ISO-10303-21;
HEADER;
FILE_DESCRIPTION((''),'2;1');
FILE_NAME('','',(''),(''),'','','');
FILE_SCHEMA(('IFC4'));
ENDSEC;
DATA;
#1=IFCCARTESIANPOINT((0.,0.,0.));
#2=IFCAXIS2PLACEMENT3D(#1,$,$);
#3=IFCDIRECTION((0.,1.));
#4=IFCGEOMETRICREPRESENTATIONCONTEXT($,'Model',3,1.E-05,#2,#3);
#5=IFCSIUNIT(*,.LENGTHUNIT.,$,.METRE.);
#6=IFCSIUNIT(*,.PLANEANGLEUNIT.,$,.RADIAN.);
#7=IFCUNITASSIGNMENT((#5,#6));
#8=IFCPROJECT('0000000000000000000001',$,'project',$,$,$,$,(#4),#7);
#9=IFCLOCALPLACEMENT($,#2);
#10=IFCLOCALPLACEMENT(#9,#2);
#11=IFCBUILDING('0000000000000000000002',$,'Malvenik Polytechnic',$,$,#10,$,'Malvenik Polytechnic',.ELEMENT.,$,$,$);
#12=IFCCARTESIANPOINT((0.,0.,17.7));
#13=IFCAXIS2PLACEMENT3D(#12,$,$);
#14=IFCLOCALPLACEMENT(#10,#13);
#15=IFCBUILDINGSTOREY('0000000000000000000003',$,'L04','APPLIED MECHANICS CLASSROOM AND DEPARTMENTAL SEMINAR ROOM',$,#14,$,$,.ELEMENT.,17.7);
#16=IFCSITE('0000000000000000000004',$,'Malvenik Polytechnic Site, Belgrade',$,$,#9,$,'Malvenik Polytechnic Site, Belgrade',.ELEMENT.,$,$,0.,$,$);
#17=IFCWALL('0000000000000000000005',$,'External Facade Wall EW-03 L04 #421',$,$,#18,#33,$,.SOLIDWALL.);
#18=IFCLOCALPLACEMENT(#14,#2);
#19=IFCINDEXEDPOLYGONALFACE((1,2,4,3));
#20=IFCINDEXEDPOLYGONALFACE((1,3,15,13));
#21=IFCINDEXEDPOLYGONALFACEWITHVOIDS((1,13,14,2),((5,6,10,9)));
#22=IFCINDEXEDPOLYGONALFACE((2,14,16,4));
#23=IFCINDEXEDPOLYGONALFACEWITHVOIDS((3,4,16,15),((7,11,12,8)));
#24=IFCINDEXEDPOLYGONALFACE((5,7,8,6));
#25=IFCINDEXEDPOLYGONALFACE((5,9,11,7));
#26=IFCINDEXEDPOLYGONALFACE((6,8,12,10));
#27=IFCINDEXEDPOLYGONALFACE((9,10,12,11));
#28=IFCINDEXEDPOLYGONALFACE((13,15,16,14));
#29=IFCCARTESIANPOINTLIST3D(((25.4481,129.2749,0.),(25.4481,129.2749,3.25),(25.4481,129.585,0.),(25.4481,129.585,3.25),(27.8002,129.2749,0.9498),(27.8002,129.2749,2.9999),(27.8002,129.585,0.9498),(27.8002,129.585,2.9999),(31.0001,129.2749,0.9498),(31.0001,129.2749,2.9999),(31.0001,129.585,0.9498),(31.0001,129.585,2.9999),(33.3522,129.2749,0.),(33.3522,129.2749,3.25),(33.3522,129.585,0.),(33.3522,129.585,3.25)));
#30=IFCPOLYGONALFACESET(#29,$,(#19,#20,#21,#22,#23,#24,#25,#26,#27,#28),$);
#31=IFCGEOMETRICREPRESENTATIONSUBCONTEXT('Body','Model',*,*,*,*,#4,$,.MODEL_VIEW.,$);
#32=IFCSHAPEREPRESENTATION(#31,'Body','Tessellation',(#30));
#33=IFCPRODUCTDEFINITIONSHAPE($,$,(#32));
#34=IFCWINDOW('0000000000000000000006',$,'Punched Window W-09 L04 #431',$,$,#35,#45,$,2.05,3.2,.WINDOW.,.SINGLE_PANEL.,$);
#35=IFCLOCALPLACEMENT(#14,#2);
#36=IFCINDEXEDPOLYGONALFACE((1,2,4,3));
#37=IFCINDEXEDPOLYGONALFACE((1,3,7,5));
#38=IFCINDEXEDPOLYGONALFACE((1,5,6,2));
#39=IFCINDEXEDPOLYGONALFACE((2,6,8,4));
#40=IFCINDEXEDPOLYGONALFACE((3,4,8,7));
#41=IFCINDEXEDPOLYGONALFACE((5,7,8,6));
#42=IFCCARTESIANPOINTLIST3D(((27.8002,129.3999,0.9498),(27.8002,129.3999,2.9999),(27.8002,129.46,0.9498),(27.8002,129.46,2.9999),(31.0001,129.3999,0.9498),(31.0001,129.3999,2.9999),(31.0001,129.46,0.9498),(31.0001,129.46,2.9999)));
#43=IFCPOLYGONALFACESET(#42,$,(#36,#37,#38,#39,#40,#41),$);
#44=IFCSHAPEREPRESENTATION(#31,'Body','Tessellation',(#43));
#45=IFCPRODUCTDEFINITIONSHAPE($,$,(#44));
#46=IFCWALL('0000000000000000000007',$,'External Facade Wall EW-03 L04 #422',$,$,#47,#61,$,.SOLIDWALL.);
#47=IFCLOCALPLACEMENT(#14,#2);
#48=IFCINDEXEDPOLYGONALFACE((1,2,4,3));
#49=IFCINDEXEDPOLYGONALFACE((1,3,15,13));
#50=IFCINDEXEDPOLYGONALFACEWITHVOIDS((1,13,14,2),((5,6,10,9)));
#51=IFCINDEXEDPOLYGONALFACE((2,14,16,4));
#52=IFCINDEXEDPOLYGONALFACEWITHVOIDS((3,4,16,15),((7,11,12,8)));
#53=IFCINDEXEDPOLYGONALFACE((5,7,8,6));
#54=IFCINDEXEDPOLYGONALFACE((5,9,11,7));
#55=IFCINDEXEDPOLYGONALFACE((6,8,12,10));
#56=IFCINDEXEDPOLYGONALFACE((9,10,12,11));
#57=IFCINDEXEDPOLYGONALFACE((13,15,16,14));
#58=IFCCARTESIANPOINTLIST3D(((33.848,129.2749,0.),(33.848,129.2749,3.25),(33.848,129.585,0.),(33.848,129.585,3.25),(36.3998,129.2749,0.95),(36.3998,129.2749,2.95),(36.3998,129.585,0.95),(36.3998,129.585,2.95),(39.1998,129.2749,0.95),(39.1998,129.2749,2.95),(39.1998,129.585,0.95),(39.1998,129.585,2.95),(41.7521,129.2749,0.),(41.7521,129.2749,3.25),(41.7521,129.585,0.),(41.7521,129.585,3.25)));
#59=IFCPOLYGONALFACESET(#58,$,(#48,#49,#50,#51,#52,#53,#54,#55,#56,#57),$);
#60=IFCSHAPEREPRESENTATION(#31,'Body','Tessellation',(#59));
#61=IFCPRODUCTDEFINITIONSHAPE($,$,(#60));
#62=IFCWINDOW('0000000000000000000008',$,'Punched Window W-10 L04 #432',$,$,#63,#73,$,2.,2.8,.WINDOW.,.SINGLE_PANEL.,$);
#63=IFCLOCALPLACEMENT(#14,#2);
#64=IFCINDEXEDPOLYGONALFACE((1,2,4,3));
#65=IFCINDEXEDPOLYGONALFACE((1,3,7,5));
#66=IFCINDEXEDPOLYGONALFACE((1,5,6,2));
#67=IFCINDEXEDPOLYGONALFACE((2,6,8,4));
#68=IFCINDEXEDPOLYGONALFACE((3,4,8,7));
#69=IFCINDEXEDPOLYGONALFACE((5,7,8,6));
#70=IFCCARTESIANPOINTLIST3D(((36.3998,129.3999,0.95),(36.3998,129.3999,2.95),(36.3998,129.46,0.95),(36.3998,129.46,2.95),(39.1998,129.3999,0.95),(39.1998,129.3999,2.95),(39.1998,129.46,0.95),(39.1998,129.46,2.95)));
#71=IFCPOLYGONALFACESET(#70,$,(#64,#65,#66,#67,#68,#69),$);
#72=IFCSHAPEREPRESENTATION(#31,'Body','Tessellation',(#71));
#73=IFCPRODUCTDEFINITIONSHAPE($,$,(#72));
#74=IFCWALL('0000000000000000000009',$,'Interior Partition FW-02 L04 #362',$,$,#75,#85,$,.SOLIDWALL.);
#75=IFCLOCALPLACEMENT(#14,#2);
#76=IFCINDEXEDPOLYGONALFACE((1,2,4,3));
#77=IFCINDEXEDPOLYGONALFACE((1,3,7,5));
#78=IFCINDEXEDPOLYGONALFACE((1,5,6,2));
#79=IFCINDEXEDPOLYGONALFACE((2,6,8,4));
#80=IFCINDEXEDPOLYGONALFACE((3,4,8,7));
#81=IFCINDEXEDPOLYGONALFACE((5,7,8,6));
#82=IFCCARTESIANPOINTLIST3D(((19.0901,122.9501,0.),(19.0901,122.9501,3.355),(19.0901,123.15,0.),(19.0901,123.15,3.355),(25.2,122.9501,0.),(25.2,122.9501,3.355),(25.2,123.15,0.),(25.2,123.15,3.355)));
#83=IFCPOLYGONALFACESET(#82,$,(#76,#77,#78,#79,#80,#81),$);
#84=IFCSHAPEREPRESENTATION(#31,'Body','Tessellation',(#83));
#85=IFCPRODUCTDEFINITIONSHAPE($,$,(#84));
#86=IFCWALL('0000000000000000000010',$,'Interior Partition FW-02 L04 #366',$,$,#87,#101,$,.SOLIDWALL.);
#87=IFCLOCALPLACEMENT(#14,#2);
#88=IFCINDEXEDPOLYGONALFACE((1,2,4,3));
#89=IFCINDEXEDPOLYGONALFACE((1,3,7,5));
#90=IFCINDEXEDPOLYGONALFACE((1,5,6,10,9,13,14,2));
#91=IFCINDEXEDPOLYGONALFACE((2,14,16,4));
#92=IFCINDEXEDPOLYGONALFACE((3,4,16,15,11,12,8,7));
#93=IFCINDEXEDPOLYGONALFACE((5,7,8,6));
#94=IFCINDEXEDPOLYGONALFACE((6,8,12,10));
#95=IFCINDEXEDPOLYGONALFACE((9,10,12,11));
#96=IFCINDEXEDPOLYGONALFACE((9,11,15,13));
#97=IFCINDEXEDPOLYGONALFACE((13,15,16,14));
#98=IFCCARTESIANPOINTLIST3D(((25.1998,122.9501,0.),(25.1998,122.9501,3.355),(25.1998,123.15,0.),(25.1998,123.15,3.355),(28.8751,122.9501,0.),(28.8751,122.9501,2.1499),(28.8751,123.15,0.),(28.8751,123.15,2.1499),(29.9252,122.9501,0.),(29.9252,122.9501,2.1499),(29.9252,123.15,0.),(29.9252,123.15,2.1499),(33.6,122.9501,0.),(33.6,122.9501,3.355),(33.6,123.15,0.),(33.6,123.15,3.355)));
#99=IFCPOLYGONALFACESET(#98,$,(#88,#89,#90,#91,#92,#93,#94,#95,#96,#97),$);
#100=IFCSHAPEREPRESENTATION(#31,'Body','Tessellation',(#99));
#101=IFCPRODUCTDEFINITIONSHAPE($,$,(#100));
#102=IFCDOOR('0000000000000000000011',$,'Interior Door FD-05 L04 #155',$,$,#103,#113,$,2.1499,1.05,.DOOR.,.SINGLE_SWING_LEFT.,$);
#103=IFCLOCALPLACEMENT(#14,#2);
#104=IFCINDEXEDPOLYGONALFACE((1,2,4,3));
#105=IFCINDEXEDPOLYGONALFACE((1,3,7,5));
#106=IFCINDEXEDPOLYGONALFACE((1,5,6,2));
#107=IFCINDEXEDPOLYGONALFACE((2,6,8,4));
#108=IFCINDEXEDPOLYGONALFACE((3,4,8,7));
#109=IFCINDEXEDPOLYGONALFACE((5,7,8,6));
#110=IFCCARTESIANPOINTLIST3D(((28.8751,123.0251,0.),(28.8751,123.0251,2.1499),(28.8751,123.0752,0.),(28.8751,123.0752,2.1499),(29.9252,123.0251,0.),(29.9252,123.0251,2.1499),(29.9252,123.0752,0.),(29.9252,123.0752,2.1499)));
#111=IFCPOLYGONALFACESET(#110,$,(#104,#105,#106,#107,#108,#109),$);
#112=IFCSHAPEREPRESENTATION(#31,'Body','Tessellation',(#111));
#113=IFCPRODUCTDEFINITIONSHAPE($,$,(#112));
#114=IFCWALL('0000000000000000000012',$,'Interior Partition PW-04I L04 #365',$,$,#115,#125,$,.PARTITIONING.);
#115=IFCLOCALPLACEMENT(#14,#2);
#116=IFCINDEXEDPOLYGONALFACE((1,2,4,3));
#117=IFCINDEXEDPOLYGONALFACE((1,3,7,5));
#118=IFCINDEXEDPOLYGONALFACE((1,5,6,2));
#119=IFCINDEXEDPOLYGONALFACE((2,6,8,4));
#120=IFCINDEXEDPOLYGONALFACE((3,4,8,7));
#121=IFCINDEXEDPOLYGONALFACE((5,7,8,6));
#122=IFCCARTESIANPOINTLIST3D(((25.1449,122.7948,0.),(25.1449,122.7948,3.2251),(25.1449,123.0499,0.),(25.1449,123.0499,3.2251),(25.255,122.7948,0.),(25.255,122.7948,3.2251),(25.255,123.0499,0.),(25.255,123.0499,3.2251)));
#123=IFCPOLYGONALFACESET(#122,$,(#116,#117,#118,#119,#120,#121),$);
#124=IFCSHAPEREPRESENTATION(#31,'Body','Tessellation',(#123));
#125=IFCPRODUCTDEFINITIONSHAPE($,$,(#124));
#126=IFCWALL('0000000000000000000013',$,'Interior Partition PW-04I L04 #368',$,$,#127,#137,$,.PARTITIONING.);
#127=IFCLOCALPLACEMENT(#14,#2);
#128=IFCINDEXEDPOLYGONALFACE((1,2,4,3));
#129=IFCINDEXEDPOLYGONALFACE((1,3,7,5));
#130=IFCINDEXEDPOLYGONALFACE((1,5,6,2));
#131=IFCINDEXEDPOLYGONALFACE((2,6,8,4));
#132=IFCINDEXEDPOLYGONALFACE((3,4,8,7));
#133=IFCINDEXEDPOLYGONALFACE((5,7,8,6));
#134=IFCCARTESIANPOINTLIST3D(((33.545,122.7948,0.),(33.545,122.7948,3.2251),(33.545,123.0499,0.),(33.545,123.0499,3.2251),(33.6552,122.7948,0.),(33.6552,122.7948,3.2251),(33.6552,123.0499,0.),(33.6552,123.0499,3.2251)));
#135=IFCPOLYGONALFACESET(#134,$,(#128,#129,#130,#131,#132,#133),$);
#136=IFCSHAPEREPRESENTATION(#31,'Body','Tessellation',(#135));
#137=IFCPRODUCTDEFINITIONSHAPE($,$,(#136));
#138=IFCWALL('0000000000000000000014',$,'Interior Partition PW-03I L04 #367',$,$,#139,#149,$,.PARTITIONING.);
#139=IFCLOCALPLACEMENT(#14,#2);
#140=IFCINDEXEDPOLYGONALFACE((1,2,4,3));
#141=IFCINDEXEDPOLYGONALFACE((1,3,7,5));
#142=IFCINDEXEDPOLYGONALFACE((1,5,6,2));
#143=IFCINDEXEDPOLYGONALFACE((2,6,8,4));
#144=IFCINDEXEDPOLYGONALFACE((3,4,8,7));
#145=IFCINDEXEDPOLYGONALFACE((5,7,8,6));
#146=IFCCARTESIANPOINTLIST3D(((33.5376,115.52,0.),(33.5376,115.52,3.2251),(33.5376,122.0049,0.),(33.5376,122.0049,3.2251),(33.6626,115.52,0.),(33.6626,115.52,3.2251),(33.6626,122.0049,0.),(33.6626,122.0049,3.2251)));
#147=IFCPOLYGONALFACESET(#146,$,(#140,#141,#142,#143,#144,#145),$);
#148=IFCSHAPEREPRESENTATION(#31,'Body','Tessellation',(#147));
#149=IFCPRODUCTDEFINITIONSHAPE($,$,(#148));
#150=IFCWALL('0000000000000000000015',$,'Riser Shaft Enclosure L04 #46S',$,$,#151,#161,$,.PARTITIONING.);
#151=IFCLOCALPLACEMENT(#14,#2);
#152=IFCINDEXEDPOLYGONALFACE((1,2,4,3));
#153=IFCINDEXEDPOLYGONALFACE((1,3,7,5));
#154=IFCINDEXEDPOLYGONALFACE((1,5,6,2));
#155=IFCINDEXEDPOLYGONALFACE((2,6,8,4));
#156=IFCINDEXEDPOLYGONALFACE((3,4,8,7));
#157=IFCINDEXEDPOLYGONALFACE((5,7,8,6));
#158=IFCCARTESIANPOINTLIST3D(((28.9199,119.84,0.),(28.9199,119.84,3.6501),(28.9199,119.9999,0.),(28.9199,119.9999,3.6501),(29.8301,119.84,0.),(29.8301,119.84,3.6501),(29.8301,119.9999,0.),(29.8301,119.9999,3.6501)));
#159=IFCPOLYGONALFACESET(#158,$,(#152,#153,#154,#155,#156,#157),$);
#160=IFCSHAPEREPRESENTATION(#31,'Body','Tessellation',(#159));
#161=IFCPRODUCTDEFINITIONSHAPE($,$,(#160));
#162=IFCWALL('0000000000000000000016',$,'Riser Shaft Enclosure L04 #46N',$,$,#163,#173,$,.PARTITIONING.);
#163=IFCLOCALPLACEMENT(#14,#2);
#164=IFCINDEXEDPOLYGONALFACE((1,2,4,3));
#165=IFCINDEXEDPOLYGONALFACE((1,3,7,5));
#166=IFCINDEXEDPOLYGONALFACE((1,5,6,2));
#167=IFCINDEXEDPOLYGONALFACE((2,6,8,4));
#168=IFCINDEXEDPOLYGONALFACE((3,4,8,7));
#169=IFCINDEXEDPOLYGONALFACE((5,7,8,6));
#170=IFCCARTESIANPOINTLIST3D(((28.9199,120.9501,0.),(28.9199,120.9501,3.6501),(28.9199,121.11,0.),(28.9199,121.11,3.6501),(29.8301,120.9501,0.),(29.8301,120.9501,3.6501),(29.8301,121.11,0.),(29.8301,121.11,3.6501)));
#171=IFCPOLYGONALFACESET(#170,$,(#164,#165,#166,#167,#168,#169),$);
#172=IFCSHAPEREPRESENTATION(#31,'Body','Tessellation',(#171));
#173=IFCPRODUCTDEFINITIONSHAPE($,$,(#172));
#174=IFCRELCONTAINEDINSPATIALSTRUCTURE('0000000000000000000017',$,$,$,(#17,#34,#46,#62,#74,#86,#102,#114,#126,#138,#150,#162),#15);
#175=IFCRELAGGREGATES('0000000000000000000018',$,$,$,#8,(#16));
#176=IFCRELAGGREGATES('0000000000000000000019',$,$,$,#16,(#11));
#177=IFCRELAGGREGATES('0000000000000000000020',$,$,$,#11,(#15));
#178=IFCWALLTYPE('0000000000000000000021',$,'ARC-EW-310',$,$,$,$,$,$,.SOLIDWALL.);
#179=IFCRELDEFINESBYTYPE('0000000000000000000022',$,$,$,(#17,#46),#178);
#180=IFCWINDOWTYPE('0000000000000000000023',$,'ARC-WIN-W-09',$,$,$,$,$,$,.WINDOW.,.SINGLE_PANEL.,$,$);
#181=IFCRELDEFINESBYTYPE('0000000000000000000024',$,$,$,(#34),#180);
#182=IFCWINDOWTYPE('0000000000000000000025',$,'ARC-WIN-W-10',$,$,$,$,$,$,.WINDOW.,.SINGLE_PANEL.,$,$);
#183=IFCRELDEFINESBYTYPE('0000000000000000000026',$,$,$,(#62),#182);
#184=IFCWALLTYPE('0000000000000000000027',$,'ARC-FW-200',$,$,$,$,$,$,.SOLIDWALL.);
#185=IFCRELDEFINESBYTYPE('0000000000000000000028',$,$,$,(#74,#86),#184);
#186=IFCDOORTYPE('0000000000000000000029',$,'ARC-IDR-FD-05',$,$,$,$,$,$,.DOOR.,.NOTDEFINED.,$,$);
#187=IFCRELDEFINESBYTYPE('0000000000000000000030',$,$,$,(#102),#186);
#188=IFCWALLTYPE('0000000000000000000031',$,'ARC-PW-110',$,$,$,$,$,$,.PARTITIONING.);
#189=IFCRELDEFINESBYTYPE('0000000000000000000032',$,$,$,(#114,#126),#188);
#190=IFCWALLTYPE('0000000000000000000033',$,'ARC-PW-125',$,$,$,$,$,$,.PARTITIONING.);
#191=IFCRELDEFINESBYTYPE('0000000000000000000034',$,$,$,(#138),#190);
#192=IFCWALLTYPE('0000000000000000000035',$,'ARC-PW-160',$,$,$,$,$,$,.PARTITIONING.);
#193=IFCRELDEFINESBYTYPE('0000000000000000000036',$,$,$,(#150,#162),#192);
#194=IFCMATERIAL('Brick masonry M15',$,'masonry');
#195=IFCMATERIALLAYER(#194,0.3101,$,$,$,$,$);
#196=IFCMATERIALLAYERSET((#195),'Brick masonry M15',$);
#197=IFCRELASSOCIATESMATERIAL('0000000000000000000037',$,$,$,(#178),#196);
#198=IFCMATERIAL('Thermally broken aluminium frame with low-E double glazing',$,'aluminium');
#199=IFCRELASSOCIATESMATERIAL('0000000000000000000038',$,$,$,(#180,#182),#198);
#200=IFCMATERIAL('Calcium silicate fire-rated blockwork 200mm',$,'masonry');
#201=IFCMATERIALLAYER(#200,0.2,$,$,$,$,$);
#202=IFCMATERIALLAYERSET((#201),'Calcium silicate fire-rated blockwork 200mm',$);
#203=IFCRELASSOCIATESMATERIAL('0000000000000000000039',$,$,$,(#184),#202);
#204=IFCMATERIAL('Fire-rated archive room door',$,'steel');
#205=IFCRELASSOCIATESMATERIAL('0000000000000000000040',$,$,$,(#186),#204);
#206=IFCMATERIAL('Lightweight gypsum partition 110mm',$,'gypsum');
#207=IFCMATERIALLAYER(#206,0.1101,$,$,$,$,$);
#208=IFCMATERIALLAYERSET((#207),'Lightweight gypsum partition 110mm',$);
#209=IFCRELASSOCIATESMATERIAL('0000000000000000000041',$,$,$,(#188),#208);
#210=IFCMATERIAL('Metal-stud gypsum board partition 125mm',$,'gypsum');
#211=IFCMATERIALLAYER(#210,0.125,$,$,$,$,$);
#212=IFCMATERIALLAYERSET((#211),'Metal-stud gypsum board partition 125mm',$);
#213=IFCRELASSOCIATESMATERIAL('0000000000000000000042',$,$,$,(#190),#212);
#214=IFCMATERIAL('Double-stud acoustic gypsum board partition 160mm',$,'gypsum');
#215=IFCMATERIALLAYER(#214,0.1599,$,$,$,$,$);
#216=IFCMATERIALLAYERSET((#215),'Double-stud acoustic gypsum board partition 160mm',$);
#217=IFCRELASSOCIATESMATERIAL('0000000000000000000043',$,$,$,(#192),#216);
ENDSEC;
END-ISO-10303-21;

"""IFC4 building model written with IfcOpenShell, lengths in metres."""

from ifc_helpers import new_model, si_unit, direction, frame, frame_2d, origin, place, context, subcontext, project, spatial, rectangle, extrude, material, layer, layer_set, type_object, element, fill, save


model = new_model("IFC4")

# Units and contexts
model_context = context("Model", 3, precision=1e-05, world=origin(), true_north=direction((0.0, 1.0)))
body_context = subcontext(model_context, "Body", "Model", "MODEL_VIEW")
ifc_project = project(units=[si_unit("LENGTHUNIT", "METRE"), si_unit("PLANEANGLEUNIT", "RADIAN")], contexts=[model_context])

# Site, building, storey
site_placement = place(None, origin())
site = spatial("IfcSite", under=ifc_project, at=site_placement, Name="Malvenik Polytechnic Site, Belgrade", LongName="Malvenik Polytechnic Site, Belgrade", CompositionType="ELEMENT", RefElevation=0.0)
building_placement = place(site_placement, origin())
building = spatial("IfcBuilding", under=site, at=building_placement, Name="Malvenik Polytechnic", LongName="Malvenik Polytechnic", CompositionType="ELEMENT")
storey_placement = place(building_placement, frame((0.0, 0.0, 17.7)))
storey = spatial("IfcBuildingStorey", under=building, at=storey_placement, Name="L04", Description="APPLIED MECHANICS CLASSROOM AND DEPARTMENTAL SEMINAR ROOM", CompositionType="ELEMENT", Elevation=17.7)

# Walls, openings, windows
ifc_material_1 = material(Name="Brick masonry M15", Category="masonry")
ifc_layer_1 = layer(ifc_material_1, 0.3101)
ifc_layer_set_1 = layer_set([ifc_layer_1], Name="Brick masonry M15")
wall_type_1 = type_object("IfcWallType", Name="ARC-EW-310", PredefinedType="SOLIDWALL", material=ifc_layer_set_1)
wall_1_placement = place(storey_placement, frame((25.448, 129.4299, 0.0), z_axis=(0.0, 0.0, 1.0), x_axis=(1.0, 0.0, 0.0)))
wall_1 = element("IfcWall", 1, at=wall_1_placement, inside=storey, type_object=wall_type_1, Name="External Facade Wall EW-03 L04 #421", PredefinedType="SOLIDWALL", context=body_context, shape_type="SweptSolid", body=[
    extrude(rectangle(XDim=7.9041, YDim=0.3101, at=frame_2d((3.9521, 0.0))), origin(), (0.0, 0.0, 1.0), 3.25),
])
opening_1_placement = place(wall_1_placement, frame((2.3521, 0.0, 0.95)))
opening_1 = element("IfcOpeningElement", 2, at=opening_1_placement, cuts=wall_1, PredefinedType="OPENING", context=body_context, shape_type="SweptSolid", body=[
    extrude(rectangle(XDim=3.2, YDim=2.05, at=frame_2d((1.6001, 1.0249))), frame((0.0, 0.165, 0.0), z_axis=(0.0, -1.0, 0.0), x_axis=(1.0, 0.0, 0.0)), (0.0, 0.0, 1.0), 0.3301),
])
ifc_material_2 = material(Name="Thermally broken aluminium frame with low-E double glazing", Category="aluminium")
window_type_1 = type_object("IfcWindowType", Name="ARC-WIN-W-09", PartitioningType="SINGLE_PANEL", PredefinedType="WINDOW", material=ifc_material_2)
window_1_placement = place(opening_1_placement, origin())
window_1 = element("IfcWindow", 3, at=window_1_placement, inside=storey, type_object=window_type_1, Name="Punched Window W-09 L04 #431", OverallHeight=2.05, OverallWidth=3.2, PartitioningType="SINGLE_PANEL", PredefinedType="WINDOW", context=body_context, shape_type="SweptSolid", body=[
    extrude(rectangle(XDim=3.2, YDim=2.05, at=frame_2d((1.6001, 1.0249))), frame((0.0, 0.03, 0.0), z_axis=(0.0, -1.0, 0.0), x_axis=(1.0, 0.0, 0.0)), (0.0, 0.0, 1.0), 0.0601),
])
fill(opening_1, window_1)
wall_2_placement = place(storey_placement, frame((33.8479, 129.4299, 0.0), z_axis=(0.0, 0.0, 1.0), x_axis=(1.0, 0.0, 0.0)))
wall_2 = element("IfcWall", 4, at=wall_2_placement, inside=storey, type_object=wall_type_1, Name="External Facade Wall EW-03 L04 #422", PredefinedType="SOLIDWALL", context=body_context, shape_type="SweptSolid", body=[
    extrude(rectangle(XDim=7.9041, YDim=0.3101, at=frame_2d((3.9521, 0.0))), origin(), (0.0, 0.0, 1.0), 3.25),
])
opening_2_placement = place(wall_2_placement, frame((2.552, 0.0, 0.95)))
opening_2 = element("IfcOpeningElement", 5, at=opening_2_placement, cuts=wall_2, PredefinedType="OPENING", context=body_context, shape_type="SweptSolid", body=[
    extrude(rectangle(XDim=2.8, YDim=2.0, at=frame_2d((1.3999, 1.0))), frame((0.0, 0.165, 0.0), z_axis=(0.0, -1.0, 0.0), x_axis=(1.0, 0.0, 0.0)), (0.0, 0.0, 1.0), 0.3301),
])
window_type_2 = type_object("IfcWindowType", Name="ARC-WIN-W-10", PartitioningType="SINGLE_PANEL", PredefinedType="WINDOW", material=ifc_material_2)
window_2_placement = place(opening_2_placement, origin())
window_2 = element("IfcWindow", 6, at=window_2_placement, inside=storey, type_object=window_type_2, Name="Punched Window W-10 L04 #432", OverallHeight=2.0, OverallWidth=2.8, PartitioningType="SINGLE_PANEL", PredefinedType="WINDOW", context=body_context, shape_type="SweptSolid", body=[
    extrude(rectangle(XDim=2.8, YDim=2.0, at=frame_2d((1.3999, 1.0))), frame((0.0, 0.03, 0.0), z_axis=(0.0, -1.0, 0.0), x_axis=(1.0, 0.0, 0.0)), (0.0, 0.0, 1.0), 0.0601),
])
fill(opening_2, window_2)

# Wall
ifc_material_3 = material(Name="Calcium silicate fire-rated blockwork 200mm", Category="masonry")
ifc_layer_2 = layer(ifc_material_3, 0.2)
ifc_layer_set_2 = layer_set([ifc_layer_2], Name="Calcium silicate fire-rated blockwork 200mm")
wall_type_2 = type_object("IfcWallType", Name="ARC-FW-200", PredefinedType="SOLIDWALL", material=ifc_layer_set_2)
wall_3_placement = place(storey_placement, frame((25.2, 123.05, 0.0), z_axis=(0.0, 0.0, 1.0), x_axis=(-1.0, 0.0, 0.0)))
element("IfcWall", 7, at=wall_3_placement, inside=storey, type_object=wall_type_2, Name="Interior Partition FW-02 L04 #362", PredefinedType="SOLIDWALL", context=body_context, shape_type="SweptSolid", body=[
    extrude(rectangle(XDim=6.1099, YDim=0.2, at=frame_2d((3.0549, 0.0))), origin(), (0.0, 0.0, 1.0), 3.355),
])

# Wall, opening, door
wall_4_placement = place(storey_placement, frame((33.6001, 123.05, 0.0), z_axis=(0.0, 0.0, 1.0), x_axis=(-1.0, 0.0, 0.0)))
wall_4 = element("IfcWall", 8, at=wall_4_placement, inside=storey, type_object=wall_type_2, Name="Interior Partition FW-02 L04 #366", PredefinedType="SOLIDWALL", context=body_context, shape_type="SweptSolid", body=[
    extrude(rectangle(XDim=8.4001, YDim=0.2, at=frame_2d((4.2002, 0.0))), origin(), (0.0, 0.0, 1.0), 3.355),
])
opening_3_placement = place(wall_4_placement, frame((3.675, 0.0, 0.0)))
opening_3 = element("IfcOpeningElement", 9, at=opening_3_placement, cuts=wall_4, PredefinedType="OPENING", context=body_context, shape_type="SweptSolid", body=[
    extrude(rectangle(XDim=1.05, YDim=2.1499, at=frame_2d((0.5249, 1.075))), frame((0.0, 0.1099, 0.0), z_axis=(0.0, -1.0, 0.0), x_axis=(1.0, 0.0, 0.0)), (0.0, 0.0, 1.0), 0.22),
])
ifc_material_4 = material(Name="Fire-rated archive room door", Category="steel")
door_type = type_object("IfcDoorType", Name="ARC-IDR-FD-05", OperationType="NOTDEFINED", PredefinedType="DOOR", material=ifc_material_4)
door_placement = place(opening_3_placement, origin())
door = element("IfcDoor", 10, at=door_placement, inside=storey, type_object=door_type, Name="Interior Door FD-05 L04 #155", OperationType="SINGLE_SWING_LEFT", OverallHeight=2.1499, OverallWidth=1.05, PredefinedType="DOOR", context=body_context, shape_type="SweptSolid", body=[
    extrude(rectangle(XDim=1.05, YDim=2.1499, at=frame_2d((0.5249, 1.075))), frame((0.0, 0.0249, 0.0), z_axis=(0.0, -1.0, 0.0), x_axis=(1.0, 0.0, 0.0)), (0.0, 0.0, 1.0), 0.05),
])
fill(opening_3, door)

# Walls
ifc_material_5 = material(Name="Lightweight gypsum partition 110mm", Category="gypsum")
ifc_layer_3 = layer(ifc_material_5, 0.1101)
ifc_layer_set_3 = layer_set([ifc_layer_3], Name="Lightweight gypsum partition 110mm")
wall_type_3 = type_object("IfcWallType", Name="ARC-PW-110", PredefinedType="PARTITIONING", material=ifc_layer_set_3)
for number, where, z_axis, x_axis, name in (
    (11, (25.2, 122.7949, 0.0), (0.0, 0.0, 1.0), (0.0, 1.0, 0.0), "Interior Partition PW-04I L04 #365"),
    (12, (33.6001, 122.7949, 0.0), (0.0, 0.0, 1.0), (0.0, 1.0, 0.0), "Interior Partition PW-04I L04 #368"),
):
    element("IfcWall", number, at=place(storey_placement, frame(where, z_axis=z_axis, x_axis=x_axis)), inside=storey, type_object=wall_type_3, Name=name, PredefinedType="PARTITIONING", context=body_context, shape_type="SweptSolid", body=[
        extrude(rectangle(XDim=0.2551, YDim=0.1101, at=frame_2d((0.1274, 0.0))), origin(), (0.0, 0.0, 1.0), 3.2251),
    ])
ifc_material_6 = material(Name="Metal-stud gypsum board partition 125mm", Category="gypsum")
ifc_layer_4 = layer(ifc_material_6, 0.125)
ifc_layer_set_4 = layer_set([ifc_layer_4], Name="Metal-stud gypsum board partition 125mm")
wall_type_4 = type_object("IfcWallType", Name="ARC-PW-125", PredefinedType="PARTITIONING", material=ifc_layer_set_4)
wall_5_placement = place(storey_placement, frame((33.6001, 115.52, 0.0), z_axis=(0.0, 0.0, 1.0), x_axis=(0.0, 1.0, 0.0)))
element("IfcWall", 13, at=wall_5_placement, inside=storey, type_object=wall_type_4, Name="Interior Partition PW-03I L04 #367", PredefinedType="PARTITIONING", context=body_context, shape_type="SweptSolid", body=[
    extrude(rectangle(XDim=6.4849, YDim=0.125, at=frame_2d((3.2424, 0.0))), origin(), (0.0, 0.0, 1.0), 3.2251),
])
ifc_material_7 = material(Name="Double-stud acoustic gypsum board partition 160mm", Category="gypsum")
ifc_layer_5 = layer(ifc_material_7, 0.1599)
ifc_layer_set_5 = layer_set([ifc_layer_5], Name="Double-stud acoustic gypsum board partition 160mm")
wall_type_5 = type_object("IfcWallType", Name="ARC-PW-160", PredefinedType="PARTITIONING", material=ifc_layer_set_5)
for number, where, z_axis, x_axis, name in (
    (14, (28.9199, 119.9199, 0.0), (0.0, 0.0, 1.0), (1.0, 0.0, 0.0), "Riser Shaft Enclosure L04 #46S"),
    (15, (29.8301, 121.03, 0.0), (0.0, 0.0, 1.0), (-1.0, 0.0, 0.0), "Riser Shaft Enclosure L04 #46N"),
):
    element("IfcWall", number, at=place(storey_placement, frame(where, z_axis=z_axis, x_axis=x_axis)), inside=storey, type_object=wall_type_5, Name=name, PredefinedType="PARTITIONING", context=body_context, shape_type="SweptSolid", body=[
        extrude(rectangle(XDim=0.9102, YDim=0.1599, at=frame_2d((0.4551, 0.0))), origin(), (0.0, 0.0, 1.0), 3.6501),
    ])

save(model, "model.ifc")
